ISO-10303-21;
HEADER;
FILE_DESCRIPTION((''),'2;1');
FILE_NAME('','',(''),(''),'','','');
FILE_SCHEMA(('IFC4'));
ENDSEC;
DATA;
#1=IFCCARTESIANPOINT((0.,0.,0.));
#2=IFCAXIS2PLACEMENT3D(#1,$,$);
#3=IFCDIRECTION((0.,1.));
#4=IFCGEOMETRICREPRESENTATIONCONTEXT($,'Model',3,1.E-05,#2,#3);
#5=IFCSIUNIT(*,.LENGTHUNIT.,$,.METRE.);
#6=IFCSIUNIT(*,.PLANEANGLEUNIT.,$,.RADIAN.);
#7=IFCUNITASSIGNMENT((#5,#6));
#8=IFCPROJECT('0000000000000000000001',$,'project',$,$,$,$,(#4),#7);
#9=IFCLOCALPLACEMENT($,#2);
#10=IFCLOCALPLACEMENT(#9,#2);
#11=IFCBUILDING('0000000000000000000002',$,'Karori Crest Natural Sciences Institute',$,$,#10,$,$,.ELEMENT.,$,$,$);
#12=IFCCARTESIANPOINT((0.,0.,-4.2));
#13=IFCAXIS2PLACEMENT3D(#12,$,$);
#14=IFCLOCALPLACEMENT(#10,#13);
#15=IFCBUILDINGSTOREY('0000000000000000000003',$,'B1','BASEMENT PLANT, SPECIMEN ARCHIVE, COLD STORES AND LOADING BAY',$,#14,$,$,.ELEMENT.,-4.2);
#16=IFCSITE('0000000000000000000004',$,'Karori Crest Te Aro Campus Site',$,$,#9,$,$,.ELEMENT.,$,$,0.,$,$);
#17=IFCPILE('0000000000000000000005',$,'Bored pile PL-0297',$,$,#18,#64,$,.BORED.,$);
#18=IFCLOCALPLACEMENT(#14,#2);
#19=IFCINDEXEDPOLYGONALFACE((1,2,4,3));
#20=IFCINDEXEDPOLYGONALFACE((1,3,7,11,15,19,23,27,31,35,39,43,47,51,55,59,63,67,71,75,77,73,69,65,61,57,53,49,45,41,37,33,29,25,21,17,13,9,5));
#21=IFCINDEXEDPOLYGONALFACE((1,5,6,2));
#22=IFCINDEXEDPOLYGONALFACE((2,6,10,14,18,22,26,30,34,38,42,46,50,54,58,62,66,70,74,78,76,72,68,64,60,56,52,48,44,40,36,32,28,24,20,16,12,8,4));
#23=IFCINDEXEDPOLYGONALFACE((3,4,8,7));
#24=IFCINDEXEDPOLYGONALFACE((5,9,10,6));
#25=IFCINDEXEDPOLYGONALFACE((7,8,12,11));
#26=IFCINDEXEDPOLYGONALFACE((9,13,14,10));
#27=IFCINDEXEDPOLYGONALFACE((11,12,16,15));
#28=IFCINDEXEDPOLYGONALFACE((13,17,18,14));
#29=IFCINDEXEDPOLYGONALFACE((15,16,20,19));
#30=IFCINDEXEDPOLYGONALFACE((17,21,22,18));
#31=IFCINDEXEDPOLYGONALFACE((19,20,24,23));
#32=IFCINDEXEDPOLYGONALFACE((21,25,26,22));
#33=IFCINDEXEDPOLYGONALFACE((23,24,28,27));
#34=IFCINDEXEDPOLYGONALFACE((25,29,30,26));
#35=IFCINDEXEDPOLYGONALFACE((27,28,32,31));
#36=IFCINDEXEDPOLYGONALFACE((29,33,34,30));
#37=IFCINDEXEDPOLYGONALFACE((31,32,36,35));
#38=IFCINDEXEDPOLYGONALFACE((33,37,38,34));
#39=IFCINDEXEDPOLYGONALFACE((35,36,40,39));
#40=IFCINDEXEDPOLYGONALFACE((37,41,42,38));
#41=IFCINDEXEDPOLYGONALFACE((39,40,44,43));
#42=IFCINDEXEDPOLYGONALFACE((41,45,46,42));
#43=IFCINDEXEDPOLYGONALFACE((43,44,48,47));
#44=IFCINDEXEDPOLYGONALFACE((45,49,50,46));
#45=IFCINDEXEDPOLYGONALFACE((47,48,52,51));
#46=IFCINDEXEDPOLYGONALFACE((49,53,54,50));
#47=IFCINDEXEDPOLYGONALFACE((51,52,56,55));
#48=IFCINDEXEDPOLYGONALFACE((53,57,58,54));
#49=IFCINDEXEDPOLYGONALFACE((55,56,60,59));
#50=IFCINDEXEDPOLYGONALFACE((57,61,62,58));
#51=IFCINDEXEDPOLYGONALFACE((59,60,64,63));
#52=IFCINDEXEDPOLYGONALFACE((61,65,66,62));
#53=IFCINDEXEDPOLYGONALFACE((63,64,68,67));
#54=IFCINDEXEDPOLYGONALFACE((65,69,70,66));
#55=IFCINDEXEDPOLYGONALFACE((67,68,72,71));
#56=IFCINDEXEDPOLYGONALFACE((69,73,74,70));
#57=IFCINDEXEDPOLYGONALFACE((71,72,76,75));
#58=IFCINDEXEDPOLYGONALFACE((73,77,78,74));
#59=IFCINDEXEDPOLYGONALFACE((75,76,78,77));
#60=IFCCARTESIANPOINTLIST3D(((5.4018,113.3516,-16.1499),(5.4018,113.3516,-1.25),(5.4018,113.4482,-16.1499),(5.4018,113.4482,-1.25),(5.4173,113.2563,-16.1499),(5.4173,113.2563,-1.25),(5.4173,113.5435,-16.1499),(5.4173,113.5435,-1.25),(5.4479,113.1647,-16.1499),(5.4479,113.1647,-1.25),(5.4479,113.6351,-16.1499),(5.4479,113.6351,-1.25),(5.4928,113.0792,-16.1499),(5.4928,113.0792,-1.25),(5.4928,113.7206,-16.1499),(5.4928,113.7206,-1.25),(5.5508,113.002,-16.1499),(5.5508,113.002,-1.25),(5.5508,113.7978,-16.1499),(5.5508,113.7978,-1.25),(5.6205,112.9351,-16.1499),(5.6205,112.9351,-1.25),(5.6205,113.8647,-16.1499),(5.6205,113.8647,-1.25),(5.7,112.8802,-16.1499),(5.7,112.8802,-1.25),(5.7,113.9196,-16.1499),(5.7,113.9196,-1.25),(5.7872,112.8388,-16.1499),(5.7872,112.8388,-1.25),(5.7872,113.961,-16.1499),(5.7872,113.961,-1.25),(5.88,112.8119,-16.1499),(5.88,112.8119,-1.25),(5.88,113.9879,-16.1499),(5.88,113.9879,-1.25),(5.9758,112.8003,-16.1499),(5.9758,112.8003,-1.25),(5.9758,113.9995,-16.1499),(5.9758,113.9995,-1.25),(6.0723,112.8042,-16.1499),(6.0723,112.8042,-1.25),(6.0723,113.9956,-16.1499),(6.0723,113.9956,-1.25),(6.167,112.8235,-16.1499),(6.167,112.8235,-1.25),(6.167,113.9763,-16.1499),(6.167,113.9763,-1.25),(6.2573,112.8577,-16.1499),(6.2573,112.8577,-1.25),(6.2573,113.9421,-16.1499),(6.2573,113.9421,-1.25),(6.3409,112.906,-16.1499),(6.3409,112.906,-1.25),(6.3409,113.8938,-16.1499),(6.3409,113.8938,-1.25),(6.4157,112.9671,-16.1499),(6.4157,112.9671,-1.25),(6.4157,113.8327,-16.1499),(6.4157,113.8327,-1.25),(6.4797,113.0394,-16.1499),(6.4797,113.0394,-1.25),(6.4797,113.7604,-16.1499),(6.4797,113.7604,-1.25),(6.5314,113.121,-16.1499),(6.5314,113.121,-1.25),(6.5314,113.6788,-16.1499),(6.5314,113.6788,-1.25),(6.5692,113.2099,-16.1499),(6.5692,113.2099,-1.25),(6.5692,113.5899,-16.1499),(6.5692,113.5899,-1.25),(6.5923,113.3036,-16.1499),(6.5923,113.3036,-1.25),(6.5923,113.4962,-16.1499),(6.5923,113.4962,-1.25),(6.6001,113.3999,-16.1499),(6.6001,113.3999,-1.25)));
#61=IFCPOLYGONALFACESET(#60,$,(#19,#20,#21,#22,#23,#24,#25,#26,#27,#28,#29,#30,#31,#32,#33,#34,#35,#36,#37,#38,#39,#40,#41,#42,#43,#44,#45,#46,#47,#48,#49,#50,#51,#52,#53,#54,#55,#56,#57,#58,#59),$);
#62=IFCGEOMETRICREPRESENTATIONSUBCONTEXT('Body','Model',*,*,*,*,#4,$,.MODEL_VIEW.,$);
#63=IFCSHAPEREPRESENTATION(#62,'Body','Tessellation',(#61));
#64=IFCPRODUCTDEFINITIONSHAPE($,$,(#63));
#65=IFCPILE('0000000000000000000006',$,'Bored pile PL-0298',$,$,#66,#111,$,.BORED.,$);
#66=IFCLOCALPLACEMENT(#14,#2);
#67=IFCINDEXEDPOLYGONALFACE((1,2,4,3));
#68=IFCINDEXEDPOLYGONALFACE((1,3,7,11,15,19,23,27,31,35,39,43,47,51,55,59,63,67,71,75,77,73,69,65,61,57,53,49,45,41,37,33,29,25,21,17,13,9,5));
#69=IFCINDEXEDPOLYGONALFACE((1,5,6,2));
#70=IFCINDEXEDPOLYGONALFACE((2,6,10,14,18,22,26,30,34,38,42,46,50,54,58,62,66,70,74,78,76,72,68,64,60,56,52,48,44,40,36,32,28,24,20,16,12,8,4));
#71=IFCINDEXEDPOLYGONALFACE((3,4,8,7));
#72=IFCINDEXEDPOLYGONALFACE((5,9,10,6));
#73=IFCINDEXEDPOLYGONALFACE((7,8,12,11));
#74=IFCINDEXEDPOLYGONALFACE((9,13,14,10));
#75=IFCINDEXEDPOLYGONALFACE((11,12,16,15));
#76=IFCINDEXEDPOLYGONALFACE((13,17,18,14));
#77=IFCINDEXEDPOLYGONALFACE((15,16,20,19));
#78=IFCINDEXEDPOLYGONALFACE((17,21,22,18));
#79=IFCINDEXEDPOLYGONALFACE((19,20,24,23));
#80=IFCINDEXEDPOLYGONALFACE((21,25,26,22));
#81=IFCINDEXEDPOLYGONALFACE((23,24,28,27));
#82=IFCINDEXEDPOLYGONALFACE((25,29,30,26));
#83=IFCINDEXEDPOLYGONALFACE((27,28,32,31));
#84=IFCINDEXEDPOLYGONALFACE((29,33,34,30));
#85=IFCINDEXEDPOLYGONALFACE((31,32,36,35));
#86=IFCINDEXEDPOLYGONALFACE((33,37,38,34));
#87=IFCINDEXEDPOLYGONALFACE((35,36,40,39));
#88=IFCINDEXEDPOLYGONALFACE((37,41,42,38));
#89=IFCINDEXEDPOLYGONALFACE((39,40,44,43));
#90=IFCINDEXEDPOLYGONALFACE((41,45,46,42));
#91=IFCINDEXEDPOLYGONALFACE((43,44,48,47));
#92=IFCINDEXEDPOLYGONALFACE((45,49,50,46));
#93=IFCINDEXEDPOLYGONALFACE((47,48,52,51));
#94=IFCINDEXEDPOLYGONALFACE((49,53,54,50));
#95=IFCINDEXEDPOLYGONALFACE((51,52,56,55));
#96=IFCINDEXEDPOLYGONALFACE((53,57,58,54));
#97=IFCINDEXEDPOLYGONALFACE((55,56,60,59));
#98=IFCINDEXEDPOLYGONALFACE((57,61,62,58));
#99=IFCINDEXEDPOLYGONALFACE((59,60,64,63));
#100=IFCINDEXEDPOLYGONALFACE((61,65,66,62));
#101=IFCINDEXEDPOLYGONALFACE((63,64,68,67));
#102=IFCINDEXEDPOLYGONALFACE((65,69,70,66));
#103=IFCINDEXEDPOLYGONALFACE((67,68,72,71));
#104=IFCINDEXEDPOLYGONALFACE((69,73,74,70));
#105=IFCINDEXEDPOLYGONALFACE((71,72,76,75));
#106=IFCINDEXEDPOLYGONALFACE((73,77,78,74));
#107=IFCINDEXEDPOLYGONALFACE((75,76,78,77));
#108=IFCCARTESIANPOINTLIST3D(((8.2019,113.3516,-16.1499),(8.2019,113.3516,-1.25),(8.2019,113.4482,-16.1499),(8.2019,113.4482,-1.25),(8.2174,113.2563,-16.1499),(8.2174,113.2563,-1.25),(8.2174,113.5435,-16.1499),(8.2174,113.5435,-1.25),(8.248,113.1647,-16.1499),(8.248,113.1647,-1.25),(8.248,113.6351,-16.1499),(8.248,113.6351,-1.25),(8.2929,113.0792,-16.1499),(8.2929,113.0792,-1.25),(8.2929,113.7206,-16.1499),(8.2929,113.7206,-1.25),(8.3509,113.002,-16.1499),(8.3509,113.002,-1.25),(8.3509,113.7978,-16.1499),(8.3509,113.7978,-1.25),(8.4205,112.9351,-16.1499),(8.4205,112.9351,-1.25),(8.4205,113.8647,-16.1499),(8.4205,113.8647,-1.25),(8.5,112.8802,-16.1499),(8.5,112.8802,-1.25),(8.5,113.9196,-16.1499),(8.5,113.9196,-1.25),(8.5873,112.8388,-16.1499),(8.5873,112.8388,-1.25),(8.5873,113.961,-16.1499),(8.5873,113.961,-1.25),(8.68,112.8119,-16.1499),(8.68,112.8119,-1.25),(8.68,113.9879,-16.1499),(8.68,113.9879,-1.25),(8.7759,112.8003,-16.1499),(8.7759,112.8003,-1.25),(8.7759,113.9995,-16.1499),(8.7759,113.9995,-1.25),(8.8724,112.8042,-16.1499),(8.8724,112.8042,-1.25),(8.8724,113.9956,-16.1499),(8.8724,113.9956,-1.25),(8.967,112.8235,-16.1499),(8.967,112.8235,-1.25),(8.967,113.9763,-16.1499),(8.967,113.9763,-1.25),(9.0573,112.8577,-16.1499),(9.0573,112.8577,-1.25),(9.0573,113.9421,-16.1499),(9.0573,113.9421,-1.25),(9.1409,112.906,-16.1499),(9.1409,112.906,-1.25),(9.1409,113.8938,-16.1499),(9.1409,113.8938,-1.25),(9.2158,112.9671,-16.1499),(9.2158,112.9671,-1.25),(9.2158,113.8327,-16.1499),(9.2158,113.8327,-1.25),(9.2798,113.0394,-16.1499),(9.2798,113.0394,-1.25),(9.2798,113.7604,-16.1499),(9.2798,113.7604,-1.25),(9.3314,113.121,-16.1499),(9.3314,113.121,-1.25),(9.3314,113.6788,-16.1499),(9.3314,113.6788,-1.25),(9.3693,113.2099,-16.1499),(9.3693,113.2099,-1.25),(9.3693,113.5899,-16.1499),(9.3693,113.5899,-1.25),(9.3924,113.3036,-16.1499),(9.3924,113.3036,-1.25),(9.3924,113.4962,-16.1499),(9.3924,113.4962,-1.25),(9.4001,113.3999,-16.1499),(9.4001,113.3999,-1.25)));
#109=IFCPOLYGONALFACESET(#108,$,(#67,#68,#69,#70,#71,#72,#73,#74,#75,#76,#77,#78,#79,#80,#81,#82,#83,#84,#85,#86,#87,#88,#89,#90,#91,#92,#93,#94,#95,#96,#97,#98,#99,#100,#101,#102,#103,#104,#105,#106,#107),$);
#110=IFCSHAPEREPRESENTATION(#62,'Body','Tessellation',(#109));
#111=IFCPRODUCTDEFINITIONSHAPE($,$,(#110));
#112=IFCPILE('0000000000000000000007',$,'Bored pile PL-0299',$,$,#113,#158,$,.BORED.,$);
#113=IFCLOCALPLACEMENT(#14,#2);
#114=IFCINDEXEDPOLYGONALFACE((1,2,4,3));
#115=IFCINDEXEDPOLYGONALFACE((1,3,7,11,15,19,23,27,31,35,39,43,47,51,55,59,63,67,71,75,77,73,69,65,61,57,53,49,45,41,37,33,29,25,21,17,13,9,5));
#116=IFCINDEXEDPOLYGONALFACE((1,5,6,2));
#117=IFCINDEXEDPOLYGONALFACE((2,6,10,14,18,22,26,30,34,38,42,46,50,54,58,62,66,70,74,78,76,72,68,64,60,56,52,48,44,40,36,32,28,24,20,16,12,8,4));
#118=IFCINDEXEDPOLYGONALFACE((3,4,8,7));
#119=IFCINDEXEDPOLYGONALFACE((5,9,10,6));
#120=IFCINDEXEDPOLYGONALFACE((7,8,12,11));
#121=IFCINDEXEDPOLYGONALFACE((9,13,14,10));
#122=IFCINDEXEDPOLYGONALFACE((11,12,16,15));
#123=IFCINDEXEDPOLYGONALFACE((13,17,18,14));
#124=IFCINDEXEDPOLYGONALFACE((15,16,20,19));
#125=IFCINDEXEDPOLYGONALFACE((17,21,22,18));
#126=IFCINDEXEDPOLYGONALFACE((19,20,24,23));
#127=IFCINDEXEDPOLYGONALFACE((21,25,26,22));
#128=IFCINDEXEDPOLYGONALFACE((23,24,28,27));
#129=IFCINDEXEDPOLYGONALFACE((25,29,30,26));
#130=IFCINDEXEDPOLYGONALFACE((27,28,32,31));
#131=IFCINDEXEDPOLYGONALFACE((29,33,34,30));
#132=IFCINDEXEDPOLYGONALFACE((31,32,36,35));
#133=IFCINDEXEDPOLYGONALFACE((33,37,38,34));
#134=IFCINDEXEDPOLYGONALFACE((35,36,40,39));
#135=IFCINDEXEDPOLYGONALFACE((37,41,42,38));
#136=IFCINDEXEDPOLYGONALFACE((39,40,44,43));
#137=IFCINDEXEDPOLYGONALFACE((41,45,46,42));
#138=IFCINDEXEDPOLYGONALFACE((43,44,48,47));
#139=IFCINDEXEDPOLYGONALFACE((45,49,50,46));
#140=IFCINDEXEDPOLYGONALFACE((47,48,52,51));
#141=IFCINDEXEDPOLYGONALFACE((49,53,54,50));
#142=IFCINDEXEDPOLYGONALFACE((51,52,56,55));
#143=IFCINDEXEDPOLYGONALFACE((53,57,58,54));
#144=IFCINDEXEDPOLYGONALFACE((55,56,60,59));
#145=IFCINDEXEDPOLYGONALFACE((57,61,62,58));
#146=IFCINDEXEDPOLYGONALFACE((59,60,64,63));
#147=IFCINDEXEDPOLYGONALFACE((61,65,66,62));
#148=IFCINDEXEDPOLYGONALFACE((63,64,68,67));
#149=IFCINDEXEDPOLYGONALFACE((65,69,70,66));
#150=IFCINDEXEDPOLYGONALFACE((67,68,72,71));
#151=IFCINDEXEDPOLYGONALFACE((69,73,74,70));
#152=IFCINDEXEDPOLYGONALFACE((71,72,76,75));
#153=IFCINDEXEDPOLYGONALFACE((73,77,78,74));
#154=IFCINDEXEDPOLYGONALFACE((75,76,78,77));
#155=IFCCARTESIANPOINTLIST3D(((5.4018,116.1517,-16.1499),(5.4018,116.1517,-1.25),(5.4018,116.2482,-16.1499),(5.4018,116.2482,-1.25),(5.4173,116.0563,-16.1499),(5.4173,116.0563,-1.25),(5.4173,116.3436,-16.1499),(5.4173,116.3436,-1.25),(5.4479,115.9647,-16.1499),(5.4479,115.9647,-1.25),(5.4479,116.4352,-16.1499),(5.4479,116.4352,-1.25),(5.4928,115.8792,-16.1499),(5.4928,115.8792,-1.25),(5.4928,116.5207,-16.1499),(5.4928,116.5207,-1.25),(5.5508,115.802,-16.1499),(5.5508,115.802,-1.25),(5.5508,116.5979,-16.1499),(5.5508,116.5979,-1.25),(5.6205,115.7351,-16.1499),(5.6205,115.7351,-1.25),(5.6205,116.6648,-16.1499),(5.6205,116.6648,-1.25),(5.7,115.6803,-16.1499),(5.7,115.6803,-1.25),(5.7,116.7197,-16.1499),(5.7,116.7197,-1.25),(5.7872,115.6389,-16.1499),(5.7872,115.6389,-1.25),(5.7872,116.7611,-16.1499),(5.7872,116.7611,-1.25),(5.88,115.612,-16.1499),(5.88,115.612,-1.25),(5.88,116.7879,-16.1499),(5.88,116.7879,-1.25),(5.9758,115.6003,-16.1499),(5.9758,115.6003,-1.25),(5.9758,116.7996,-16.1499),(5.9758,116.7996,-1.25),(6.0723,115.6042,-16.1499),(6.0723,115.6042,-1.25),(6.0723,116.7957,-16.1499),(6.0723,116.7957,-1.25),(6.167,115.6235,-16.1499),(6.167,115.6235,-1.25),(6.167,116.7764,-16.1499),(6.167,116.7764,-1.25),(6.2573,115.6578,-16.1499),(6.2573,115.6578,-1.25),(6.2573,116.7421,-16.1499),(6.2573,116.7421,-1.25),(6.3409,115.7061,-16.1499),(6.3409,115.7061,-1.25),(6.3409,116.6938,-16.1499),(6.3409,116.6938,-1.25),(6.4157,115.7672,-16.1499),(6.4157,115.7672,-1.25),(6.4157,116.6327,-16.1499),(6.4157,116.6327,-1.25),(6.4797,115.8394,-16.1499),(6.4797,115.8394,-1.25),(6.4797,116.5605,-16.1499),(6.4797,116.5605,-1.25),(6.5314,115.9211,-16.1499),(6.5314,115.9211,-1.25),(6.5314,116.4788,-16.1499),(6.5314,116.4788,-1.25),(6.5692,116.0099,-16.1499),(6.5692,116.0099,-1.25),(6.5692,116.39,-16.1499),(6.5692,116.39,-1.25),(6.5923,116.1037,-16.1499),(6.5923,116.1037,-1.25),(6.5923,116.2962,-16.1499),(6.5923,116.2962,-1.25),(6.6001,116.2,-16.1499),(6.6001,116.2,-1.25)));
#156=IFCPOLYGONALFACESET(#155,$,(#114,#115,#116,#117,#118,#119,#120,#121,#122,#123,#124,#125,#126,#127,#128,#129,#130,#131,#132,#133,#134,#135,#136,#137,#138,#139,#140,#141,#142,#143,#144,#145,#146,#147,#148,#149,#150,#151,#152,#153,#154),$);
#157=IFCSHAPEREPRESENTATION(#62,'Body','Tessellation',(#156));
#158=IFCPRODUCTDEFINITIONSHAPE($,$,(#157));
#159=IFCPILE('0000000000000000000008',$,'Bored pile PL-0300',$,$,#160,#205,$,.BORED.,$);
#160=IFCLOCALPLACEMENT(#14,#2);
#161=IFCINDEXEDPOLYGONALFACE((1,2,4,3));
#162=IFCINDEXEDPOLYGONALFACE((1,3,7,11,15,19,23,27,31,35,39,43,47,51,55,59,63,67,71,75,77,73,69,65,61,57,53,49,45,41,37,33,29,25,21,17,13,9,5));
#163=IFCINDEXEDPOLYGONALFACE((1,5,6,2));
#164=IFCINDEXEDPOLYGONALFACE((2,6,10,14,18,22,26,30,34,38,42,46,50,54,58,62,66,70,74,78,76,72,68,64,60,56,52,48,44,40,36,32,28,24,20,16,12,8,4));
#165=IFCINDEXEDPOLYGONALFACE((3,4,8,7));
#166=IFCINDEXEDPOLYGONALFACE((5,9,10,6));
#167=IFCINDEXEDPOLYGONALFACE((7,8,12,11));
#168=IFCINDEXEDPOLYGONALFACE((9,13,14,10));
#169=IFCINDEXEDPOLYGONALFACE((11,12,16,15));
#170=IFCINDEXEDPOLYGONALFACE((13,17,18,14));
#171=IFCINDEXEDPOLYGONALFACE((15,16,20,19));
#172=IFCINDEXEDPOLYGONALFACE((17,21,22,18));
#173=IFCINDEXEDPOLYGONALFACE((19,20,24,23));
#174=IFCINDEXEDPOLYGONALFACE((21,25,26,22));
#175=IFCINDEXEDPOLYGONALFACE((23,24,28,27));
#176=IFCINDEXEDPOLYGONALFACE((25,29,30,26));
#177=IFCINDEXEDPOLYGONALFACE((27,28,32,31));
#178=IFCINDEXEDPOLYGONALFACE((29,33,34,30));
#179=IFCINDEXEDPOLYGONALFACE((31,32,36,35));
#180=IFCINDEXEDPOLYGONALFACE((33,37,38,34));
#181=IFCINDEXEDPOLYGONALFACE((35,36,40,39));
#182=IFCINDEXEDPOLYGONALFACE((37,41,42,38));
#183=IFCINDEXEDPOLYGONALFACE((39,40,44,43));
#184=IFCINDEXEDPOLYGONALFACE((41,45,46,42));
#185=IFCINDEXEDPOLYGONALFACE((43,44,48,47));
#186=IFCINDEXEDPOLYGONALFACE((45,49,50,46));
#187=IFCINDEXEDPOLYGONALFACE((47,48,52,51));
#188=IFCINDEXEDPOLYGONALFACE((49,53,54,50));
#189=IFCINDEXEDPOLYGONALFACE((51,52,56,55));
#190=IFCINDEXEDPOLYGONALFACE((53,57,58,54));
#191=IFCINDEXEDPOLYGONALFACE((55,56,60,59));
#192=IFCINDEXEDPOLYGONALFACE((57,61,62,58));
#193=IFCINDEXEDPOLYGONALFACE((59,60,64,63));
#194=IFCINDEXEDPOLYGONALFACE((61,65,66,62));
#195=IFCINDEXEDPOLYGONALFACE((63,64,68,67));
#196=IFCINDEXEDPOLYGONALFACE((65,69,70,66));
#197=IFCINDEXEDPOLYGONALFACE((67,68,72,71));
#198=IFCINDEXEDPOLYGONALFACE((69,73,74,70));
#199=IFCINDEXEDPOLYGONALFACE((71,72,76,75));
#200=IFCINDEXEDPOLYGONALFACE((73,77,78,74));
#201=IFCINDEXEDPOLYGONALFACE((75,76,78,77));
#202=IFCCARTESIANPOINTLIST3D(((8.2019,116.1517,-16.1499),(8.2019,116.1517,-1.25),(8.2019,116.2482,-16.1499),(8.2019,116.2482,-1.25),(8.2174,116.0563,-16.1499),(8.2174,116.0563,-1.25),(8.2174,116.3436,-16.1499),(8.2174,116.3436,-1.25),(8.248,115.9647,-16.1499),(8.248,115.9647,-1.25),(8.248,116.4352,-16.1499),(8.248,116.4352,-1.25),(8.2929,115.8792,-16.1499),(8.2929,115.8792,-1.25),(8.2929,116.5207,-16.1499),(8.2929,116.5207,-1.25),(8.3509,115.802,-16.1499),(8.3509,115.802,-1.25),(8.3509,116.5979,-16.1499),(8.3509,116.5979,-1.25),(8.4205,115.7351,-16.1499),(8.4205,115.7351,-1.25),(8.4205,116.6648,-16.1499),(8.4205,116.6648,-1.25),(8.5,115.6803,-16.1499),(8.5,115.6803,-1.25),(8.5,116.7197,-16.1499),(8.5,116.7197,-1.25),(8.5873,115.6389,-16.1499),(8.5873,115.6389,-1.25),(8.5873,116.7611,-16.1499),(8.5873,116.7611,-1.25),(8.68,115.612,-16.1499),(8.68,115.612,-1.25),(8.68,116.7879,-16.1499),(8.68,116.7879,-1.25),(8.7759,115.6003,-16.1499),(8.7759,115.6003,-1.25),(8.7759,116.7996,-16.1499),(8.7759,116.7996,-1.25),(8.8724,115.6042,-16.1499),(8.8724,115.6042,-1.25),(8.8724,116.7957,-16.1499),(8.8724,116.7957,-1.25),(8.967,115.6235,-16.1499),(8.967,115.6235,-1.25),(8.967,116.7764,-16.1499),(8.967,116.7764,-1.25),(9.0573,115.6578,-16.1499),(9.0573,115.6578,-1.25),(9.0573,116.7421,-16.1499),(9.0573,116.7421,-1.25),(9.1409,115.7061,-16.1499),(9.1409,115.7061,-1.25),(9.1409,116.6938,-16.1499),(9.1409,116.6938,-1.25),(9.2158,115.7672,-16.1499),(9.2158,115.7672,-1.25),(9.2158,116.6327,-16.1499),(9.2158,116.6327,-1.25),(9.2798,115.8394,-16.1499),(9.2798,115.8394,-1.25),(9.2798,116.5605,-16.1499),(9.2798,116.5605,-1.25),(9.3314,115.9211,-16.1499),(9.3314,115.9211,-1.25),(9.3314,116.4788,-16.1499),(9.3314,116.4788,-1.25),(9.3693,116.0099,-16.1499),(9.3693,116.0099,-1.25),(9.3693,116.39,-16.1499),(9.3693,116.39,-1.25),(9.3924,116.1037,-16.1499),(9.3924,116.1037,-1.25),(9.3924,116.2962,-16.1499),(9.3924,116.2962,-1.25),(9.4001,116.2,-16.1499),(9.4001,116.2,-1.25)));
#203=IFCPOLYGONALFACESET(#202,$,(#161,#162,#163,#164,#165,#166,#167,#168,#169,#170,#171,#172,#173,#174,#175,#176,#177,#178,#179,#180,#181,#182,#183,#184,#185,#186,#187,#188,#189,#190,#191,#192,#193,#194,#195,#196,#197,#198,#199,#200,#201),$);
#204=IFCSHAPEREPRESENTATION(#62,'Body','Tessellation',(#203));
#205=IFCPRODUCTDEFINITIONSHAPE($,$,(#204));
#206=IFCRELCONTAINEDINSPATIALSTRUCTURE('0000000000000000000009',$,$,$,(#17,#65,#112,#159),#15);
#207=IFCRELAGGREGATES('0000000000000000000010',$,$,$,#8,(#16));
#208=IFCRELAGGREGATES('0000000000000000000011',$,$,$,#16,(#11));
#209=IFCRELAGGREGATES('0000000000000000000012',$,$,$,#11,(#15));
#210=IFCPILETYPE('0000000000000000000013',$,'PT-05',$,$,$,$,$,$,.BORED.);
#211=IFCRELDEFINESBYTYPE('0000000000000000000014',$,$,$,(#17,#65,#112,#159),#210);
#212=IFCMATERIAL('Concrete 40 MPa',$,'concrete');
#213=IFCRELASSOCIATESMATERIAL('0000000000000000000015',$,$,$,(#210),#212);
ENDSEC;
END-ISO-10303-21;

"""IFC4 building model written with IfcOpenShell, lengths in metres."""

from ifc_helpers import new_model, si_unit, direction, frame, origin, origin_2d, place, context, subcontext, project, spatial, circle, extrude, material, material_profile, profile_set, type_object, element, save


model = new_model("IFC4")

# Units and contexts
model_context = context("Model", 3, precision=1e-05, world=origin(), true_north=direction((0.0, 1.0)))
body_context = subcontext(model_context, "Body", "Model", "MODEL_VIEW")
ifc_project = project(units=[si_unit("LENGTHUNIT", "METRE"), si_unit("PLANEANGLEUNIT", "RADIAN")], contexts=[model_context])

# Site, building, storey
site_placement = place(None, origin())
site = spatial("IfcSite", under=ifc_project, at=site_placement, Name="Karori Crest Te Aro Campus Site", CompositionType="ELEMENT", RefElevation=0.0)
building_placement = place(site_placement, origin())
building = spatial("IfcBuilding", under=site, at=building_placement, Name="Karori Crest Natural Sciences Institute", CompositionType="ELEMENT")
storey_placement = place(building_placement, frame((0.0, 0.0, -4.2)))
storey = spatial("IfcBuildingStorey", under=building, at=storey_placement, Name="B1", Description="BASEMENT PLANT, SPECIMEN ARCHIVE, COLD STORES AND LOADING BAY", CompositionType="ELEMENT", Elevation=-4.2)

# Shared definitions
ifc_material_1 = material(Name="Concrete 40 MPa", Category="concrete")

# Piles
ifc_material_profile_1 = material_profile(ifc_material_1, circle(Radius=0.6001, at=origin_2d()), Name="PILE1200")
ifc_profile_set_1 = profile_set([ifc_material_profile_1], Name="Concrete 40 MPa")
pile_type = type_object("IfcPileType", Name="PT-05", PredefinedType="BORED", material=ifc_profile_set_1)
for number, where, z_axis, x_axis, name in (
    (1, (6.0, 113.3999, -1.25), (0.0, 0.0, -1.0), (1.0, 0.0, 0.0), "Bored pile PL-0297"),
    (2, (8.8, 113.3999, -1.25), (0.0, 0.0, -1.0), (1.0, 0.0, 0.0), "Bored pile PL-0298"),
    (3, (6.0, 116.2, -1.25), (0.0, 0.0, -1.0), (1.0, 0.0, 0.0), "Bored pile PL-0299"),
    (4, (8.8, 116.2, -1.25), (0.0, 0.0, -1.0), (1.0, 0.0, 0.0), "Bored pile PL-0300"),
):
    element("IfcPile", number, at=place(storey_placement, frame(where, z_axis=z_axis, x_axis=x_axis)), inside=storey, type_object=pile_type, Name=name, PredefinedType="BORED", context=body_context, shape_type="SweptSolid", body=[
        extrude(circle(Radius=0.6001, at=origin_2d()), origin(), (0.0, 0.0, 1.0), 14.8999),
    ])

save(model, "model.ifc")
